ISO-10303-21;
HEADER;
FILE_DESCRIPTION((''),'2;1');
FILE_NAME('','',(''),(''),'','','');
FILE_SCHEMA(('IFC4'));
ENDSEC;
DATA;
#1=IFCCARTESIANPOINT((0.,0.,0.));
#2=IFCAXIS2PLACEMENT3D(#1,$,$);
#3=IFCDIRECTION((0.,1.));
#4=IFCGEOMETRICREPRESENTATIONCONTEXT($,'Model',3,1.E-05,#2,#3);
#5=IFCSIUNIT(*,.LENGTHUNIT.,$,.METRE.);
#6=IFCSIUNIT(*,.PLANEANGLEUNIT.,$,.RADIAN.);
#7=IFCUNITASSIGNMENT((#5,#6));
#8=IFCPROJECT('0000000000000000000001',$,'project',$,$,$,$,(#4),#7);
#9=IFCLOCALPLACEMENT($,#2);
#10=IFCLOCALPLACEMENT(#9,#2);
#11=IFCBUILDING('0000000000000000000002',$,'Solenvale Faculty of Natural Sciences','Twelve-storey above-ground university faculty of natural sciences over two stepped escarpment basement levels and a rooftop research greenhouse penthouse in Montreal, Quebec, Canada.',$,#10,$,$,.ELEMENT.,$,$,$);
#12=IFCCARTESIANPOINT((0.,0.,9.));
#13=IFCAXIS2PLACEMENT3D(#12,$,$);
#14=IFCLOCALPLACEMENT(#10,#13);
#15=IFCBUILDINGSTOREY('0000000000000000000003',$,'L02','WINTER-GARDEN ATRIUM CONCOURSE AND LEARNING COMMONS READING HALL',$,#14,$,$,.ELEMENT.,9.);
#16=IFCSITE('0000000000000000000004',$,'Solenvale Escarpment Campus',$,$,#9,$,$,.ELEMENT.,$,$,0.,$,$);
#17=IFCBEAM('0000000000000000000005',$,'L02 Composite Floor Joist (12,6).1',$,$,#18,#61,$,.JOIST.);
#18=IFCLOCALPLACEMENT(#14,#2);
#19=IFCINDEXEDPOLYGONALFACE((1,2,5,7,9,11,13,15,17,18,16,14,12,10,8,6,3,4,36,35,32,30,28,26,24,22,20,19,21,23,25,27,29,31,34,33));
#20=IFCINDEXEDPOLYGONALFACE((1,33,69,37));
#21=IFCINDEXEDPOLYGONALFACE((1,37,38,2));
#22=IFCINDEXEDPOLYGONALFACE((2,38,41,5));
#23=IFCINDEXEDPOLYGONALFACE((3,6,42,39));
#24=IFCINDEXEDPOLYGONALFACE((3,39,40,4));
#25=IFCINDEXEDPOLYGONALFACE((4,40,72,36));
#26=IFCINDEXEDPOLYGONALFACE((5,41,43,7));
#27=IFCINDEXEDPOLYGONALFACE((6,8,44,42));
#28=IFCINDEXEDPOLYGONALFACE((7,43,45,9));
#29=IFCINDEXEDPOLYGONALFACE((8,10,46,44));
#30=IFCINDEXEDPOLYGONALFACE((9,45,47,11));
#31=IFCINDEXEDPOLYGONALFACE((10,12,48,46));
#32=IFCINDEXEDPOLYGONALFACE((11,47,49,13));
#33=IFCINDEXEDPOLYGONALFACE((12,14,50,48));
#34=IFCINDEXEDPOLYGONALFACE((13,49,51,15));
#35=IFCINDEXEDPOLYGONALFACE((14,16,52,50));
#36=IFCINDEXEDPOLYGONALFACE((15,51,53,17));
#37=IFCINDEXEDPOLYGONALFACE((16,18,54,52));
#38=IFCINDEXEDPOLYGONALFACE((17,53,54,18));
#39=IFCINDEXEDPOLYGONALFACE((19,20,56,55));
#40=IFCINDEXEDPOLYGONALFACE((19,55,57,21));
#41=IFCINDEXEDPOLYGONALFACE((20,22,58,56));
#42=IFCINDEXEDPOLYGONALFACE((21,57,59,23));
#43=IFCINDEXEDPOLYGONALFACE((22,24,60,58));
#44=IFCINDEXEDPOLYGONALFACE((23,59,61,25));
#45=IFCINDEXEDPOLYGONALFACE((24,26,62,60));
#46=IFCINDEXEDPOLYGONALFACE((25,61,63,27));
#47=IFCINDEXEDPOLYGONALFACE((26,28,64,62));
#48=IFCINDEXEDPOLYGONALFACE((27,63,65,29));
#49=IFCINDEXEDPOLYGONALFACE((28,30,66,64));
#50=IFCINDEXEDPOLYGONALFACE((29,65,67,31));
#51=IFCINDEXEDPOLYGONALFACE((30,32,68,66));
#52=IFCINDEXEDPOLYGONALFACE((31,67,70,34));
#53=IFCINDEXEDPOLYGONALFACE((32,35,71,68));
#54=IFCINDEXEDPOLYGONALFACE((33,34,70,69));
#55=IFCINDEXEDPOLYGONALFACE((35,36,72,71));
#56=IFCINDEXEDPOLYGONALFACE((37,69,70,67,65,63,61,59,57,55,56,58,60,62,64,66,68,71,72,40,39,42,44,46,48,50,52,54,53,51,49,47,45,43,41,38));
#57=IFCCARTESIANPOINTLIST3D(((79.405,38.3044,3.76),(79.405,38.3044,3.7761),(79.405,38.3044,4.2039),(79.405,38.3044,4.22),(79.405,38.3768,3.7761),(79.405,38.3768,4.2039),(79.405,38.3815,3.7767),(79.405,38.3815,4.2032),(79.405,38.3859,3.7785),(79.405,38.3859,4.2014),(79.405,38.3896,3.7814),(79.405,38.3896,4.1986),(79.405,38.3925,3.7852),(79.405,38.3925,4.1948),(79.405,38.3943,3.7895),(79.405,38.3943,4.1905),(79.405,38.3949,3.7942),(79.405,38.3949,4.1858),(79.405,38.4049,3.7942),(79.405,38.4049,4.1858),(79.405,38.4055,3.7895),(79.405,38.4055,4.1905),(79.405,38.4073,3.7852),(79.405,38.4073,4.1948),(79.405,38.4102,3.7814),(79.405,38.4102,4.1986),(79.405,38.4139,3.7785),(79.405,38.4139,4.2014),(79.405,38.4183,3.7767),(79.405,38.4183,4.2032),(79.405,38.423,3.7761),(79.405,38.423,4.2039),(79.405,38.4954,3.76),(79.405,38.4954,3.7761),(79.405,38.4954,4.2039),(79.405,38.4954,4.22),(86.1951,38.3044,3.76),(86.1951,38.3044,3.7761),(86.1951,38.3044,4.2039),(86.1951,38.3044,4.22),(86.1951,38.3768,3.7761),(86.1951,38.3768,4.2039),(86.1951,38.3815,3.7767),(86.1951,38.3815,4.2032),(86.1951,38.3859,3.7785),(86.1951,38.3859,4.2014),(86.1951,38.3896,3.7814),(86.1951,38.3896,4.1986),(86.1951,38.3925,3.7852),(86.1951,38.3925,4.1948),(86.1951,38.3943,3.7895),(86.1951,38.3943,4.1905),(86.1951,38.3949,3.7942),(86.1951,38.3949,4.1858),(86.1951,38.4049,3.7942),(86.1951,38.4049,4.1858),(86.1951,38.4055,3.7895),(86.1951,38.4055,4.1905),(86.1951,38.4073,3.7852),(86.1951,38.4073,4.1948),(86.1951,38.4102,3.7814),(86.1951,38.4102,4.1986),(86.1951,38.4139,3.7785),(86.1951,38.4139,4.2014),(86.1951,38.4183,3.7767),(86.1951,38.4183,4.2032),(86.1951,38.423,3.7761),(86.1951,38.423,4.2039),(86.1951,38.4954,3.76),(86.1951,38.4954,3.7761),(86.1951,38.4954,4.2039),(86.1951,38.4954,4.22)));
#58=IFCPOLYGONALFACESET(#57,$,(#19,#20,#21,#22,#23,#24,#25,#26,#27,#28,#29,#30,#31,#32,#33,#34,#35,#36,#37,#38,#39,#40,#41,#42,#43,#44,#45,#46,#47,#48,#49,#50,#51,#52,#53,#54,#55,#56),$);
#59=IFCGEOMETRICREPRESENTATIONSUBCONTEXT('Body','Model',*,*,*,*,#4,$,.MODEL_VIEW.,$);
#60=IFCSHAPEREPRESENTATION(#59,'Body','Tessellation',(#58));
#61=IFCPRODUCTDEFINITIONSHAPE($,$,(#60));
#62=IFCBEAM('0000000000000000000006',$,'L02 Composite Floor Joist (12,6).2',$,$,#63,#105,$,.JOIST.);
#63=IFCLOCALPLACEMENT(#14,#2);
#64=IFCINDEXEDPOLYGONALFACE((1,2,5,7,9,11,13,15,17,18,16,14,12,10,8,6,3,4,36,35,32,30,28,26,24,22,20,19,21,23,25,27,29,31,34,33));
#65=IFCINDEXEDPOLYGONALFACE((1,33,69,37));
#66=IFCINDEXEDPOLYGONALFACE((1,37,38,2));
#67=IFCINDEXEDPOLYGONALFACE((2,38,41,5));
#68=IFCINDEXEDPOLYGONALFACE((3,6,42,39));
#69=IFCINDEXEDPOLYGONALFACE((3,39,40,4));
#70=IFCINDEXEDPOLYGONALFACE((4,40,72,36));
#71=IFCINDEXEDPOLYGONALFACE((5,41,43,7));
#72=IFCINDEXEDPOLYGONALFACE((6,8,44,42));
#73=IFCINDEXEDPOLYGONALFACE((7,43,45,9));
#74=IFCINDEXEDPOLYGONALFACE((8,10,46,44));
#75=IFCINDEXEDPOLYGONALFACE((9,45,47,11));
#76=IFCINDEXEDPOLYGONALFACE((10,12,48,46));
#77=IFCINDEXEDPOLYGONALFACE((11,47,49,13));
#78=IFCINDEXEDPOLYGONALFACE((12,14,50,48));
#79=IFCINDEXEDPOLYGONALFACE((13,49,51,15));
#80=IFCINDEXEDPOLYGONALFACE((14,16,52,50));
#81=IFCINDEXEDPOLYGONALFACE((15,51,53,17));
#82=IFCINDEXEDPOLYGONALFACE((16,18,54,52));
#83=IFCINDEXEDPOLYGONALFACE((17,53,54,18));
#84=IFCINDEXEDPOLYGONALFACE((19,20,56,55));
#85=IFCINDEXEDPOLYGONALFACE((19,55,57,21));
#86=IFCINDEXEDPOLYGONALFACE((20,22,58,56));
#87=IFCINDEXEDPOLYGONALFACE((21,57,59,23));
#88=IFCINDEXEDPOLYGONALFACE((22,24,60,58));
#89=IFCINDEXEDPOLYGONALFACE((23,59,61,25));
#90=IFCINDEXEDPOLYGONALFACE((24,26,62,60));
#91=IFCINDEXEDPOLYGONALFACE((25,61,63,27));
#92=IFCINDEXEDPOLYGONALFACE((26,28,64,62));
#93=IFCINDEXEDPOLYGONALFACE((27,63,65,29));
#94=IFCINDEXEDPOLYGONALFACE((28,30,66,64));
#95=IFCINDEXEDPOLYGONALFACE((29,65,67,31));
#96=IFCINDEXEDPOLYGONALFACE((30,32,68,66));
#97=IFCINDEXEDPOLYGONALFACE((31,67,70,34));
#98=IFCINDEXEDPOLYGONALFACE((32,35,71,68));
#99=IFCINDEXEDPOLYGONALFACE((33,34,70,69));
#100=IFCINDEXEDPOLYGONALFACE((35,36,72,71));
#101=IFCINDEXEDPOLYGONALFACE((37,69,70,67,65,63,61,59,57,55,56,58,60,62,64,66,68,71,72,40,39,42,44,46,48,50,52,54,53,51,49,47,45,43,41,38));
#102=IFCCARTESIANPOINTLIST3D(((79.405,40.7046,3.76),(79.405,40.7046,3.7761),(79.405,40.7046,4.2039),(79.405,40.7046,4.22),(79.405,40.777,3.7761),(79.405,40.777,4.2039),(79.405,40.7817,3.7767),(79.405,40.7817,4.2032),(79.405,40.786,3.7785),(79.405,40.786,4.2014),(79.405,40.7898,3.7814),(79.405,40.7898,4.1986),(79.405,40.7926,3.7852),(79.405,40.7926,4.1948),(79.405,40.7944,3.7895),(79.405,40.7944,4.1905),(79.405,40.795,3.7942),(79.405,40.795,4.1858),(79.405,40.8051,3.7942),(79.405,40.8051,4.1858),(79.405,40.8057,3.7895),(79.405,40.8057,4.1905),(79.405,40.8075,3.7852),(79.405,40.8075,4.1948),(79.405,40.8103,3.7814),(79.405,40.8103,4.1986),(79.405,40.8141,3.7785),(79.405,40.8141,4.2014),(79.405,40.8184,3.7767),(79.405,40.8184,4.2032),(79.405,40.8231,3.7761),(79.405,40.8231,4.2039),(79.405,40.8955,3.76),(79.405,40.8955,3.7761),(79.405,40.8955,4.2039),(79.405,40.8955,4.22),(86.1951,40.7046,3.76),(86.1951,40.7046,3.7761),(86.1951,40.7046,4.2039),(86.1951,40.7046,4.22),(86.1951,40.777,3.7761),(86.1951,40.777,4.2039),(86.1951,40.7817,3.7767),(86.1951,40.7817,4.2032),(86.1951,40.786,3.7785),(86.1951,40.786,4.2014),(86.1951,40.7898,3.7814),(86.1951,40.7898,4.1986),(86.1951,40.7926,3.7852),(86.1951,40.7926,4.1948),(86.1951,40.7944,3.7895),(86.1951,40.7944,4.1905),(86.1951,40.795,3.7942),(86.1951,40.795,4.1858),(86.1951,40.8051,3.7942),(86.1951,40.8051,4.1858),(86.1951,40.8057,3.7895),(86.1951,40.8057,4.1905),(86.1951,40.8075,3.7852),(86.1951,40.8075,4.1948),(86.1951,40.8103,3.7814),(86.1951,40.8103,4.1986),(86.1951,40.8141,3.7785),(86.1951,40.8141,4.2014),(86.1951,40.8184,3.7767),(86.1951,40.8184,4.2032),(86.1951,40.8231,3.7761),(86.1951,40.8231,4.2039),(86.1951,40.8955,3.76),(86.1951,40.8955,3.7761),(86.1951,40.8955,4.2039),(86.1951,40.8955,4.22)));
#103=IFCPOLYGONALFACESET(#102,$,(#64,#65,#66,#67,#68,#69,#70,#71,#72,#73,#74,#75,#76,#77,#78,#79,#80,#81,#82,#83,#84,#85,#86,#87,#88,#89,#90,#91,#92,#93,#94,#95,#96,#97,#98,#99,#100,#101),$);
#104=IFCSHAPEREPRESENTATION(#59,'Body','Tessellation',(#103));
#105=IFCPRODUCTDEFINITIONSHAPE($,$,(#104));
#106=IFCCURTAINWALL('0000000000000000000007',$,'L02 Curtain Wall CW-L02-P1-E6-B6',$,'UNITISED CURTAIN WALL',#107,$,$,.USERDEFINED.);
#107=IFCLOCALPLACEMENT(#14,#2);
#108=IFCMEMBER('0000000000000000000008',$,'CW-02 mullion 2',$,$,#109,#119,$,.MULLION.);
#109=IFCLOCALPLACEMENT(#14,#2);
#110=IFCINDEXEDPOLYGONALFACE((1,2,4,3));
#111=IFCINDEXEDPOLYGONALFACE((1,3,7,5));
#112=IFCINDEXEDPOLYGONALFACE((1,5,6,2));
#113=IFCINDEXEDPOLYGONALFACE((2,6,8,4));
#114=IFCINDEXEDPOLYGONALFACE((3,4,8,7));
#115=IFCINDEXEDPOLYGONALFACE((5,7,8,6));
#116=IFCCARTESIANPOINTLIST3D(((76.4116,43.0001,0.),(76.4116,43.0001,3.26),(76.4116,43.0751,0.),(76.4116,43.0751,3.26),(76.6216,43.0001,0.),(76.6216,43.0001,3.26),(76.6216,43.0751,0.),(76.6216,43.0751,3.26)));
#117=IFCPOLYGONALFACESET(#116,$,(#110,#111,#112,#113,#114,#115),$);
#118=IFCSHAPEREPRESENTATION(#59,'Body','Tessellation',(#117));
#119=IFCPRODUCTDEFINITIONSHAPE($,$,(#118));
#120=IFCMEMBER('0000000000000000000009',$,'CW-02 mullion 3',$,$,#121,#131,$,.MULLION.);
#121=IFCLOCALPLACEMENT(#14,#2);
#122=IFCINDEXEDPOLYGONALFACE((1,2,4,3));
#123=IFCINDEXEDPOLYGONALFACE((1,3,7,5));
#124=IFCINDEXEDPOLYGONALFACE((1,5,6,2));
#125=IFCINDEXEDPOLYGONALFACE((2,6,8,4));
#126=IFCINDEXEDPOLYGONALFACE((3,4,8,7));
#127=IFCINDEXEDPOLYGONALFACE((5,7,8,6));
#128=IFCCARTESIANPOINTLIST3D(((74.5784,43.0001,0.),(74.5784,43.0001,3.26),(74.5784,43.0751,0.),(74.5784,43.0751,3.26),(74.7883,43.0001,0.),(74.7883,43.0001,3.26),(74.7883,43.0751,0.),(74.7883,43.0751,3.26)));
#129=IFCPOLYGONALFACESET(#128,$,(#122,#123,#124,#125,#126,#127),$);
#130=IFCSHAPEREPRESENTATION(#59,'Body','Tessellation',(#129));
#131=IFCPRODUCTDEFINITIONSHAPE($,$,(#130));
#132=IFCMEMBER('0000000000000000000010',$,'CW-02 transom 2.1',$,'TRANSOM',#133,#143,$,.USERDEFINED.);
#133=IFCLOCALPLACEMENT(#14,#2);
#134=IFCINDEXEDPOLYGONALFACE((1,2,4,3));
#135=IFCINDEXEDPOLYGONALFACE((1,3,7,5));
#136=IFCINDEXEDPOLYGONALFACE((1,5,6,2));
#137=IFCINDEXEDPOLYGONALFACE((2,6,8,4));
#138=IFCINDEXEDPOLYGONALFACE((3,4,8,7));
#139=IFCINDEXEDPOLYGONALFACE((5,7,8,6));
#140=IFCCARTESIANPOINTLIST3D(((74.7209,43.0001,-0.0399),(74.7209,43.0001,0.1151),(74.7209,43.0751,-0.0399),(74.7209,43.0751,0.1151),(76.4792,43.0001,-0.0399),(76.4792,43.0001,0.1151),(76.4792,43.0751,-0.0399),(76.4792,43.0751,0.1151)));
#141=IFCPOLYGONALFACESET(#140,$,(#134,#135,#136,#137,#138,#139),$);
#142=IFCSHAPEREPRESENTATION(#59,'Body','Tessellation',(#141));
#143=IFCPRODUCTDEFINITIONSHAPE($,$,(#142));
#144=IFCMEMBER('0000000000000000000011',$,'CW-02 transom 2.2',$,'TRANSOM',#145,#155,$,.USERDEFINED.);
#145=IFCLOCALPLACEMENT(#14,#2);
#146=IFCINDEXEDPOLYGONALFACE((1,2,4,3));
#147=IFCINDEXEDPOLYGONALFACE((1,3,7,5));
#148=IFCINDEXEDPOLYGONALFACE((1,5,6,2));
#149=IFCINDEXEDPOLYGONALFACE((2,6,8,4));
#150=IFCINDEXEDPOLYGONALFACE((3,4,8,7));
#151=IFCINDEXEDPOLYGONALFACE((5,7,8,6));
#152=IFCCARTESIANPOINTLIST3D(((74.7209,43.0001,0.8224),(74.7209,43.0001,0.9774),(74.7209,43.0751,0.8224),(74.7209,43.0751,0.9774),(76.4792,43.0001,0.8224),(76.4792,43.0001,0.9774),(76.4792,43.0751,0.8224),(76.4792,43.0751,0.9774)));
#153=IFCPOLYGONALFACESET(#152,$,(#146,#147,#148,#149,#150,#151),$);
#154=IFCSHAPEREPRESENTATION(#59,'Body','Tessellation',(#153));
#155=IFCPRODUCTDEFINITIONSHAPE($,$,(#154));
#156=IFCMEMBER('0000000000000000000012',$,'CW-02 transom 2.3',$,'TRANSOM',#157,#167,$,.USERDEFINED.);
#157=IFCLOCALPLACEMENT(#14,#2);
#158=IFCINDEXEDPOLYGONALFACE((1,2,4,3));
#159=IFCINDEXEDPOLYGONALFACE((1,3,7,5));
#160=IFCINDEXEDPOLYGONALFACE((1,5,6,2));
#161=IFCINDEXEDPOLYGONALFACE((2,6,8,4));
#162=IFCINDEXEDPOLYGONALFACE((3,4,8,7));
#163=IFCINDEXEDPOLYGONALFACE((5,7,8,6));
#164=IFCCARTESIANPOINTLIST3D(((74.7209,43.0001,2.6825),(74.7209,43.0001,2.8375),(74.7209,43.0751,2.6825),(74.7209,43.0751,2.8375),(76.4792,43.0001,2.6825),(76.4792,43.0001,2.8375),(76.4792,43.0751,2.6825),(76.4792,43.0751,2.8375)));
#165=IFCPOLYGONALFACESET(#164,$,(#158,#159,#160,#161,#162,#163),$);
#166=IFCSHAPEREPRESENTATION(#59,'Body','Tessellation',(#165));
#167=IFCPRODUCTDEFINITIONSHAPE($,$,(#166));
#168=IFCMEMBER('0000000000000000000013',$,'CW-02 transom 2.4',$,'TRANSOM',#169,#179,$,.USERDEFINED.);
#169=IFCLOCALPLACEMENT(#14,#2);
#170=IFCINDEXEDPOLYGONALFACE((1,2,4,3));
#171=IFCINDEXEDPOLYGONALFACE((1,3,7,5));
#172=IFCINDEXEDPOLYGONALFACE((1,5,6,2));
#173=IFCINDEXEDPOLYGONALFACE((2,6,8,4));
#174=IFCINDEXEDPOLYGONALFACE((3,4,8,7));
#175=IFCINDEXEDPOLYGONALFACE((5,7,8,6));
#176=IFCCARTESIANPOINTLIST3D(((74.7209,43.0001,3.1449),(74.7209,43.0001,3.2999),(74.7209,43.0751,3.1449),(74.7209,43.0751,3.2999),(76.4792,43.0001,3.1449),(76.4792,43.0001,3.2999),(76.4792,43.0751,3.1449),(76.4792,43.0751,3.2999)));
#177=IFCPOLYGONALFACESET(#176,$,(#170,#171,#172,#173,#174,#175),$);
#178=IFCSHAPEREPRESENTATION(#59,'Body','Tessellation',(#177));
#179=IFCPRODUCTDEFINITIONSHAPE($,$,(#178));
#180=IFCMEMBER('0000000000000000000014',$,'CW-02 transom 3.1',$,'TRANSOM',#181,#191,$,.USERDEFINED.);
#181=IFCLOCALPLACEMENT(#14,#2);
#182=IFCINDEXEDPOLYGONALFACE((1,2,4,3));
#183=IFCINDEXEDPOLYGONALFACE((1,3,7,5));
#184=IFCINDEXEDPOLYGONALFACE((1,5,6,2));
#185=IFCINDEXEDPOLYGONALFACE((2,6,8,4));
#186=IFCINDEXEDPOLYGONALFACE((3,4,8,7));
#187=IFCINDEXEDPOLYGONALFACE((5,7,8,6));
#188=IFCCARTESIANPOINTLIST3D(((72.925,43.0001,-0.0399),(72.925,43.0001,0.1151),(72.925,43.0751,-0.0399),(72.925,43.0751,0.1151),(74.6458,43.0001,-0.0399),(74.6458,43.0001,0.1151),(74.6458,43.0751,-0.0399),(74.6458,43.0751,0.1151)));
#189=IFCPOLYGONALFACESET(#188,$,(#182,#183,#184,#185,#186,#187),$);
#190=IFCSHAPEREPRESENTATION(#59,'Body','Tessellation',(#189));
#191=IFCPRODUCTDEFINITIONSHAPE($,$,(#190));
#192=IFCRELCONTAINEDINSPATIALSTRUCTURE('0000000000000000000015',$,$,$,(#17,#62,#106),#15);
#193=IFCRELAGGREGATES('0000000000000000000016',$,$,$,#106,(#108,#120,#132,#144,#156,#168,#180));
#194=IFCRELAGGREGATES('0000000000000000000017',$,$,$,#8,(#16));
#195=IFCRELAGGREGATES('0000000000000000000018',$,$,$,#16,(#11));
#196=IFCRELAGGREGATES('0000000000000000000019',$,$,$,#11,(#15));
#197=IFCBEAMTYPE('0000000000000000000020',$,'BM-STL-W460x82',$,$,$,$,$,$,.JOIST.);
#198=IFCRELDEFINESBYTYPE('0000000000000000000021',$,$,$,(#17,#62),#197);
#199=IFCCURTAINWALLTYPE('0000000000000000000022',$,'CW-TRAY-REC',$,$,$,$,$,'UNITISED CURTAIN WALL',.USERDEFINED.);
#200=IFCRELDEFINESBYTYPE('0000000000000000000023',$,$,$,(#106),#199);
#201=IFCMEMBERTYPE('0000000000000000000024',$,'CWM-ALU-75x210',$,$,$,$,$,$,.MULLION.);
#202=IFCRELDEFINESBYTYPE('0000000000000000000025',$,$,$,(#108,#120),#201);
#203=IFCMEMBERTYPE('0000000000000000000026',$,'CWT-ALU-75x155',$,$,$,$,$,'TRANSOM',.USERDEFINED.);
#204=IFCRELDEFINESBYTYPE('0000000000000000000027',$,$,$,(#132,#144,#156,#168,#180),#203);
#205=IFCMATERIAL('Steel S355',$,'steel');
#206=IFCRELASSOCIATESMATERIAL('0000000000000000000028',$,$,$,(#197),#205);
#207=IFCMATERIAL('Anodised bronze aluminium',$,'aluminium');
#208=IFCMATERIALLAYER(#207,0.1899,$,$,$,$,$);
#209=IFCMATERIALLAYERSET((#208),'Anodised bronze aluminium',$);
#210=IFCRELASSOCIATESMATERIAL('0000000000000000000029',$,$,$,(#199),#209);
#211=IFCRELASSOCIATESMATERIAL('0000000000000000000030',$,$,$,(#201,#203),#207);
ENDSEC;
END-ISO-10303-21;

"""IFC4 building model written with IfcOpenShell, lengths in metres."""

from ifc_helpers import new_model, si_unit, direction, frame, origin, origin_2d, place, context, subcontext, project, spatial, rectangle, i_section, extrude, material, layer, layer_set, material_profile, profile_set, type_object, element, aggregate, save


model = new_model("IFC4")

# Units and contexts
model_context = context("Model", 3, precision=1e-05, world=origin(), true_north=direction((0.0, 1.0)))
body_context = subcontext(model_context, "Body", "Model", "MODEL_VIEW")
ifc_project = project(units=[si_unit("LENGTHUNIT", "METRE"), si_unit("PLANEANGLEUNIT", "RADIAN")], contexts=[model_context])

# Site, building, storey
site_placement = place(None, origin())
site = spatial("IfcSite", under=ifc_project, at=site_placement, Name="Solenvale Escarpment Campus", CompositionType="ELEMENT", RefElevation=0.0)
building_placement = place(site_placement, origin())
building = spatial("IfcBuilding", under=site, at=building_placement, Name="Solenvale Faculty of Natural Sciences", Description="Twelve-storey above-ground university faculty of natural sciences over two stepped escarpment basement levels and a rooftop research greenhouse penthouse in Montreal, Quebec, Canada.", CompositionType="ELEMENT")
storey_placement = place(building_placement, frame((0.0, 0.0, 9.0)))
storey = spatial("IfcBuildingStorey", under=building, at=storey_placement, Name="L02", Description="WINTER-GARDEN ATRIUM CONCOURSE AND LEARNING COMMONS READING HALL", CompositionType="ELEMENT", Elevation=9.0)

# Beams
ifc_material_1 = material(Name="Steel S355", Category="steel")
ifc_material_profile_1 = material_profile(ifc_material_1, i_section(OverallWidth=0.1909, OverallDepth=0.46, WebThickness=0.01, FlangeThickness=0.0161, FilletRadius=0.0181, at=origin_2d()), Name="W460x82")
ifc_profile_set_1 = profile_set([ifc_material_profile_1], Name="Steel S355")
beam_type_1 = type_object("IfcBeamType", Name="BM-STL-W460x82", PredefinedType="JOIST", material=ifc_profile_set_1)
for number, where, z_axis, x_axis, name in (
    (1, (79.405, 38.3999, 3.99), (1.0, 0.0, 0.0), (0.0, 1.0, 0.0), "L02 Composite Floor Joist (12,6).1"),
    (2, (79.405, 40.8, 3.99), (1.0, 0.0, 0.0), (0.0, 1.0, 0.0), "L02 Composite Floor Joist (12,6).2"),
):
    element("IfcBeam", number, at=place(storey_placement, frame(where, z_axis=z_axis, x_axis=x_axis)), inside=storey, type_object=beam_type_1, Name=name, PredefinedType="JOIST", context=body_context, shape_type="SweptSolid", body=[
        extrude(i_section(OverallWidth=0.1909, OverallDepth=0.46, WebThickness=0.01, FlangeThickness=0.0161, FilletRadius=0.0181, at=origin_2d()), origin(), (0.0, 0.0, 1.0), 6.79),
    ])

# Curtain wall, members
ifc_material_2 = material(Name="Anodised bronze aluminium", Category="aluminium")
ifc_layer_1 = layer(ifc_material_2, 0.1899)
ifc_layer_set_1 = layer_set([ifc_layer_1], Name="Anodised bronze aluminium")
curtain_wall_type = type_object("IfcCurtainWallType", Name="CW-TRAY-REC", ElementType="UNITISED CURTAIN WALL", PredefinedType="USERDEFINED", material=ifc_layer_set_1)
curtain_wall_placement = place(storey_placement, origin())
curtain_wall = element("IfcCurtainWall", 3, at=curtain_wall_placement, inside=storey, type_object=curtain_wall_type, Name="L02 Curtain Wall CW-L02-P1-E6-B6", ObjectType="UNITISED CURTAIN WALL", PredefinedType="USERDEFINED")
ifc_material_profile_2 = material_profile(ifc_material_2, rectangle(XDim=0.075, YDim=0.21, at=origin_2d()), Name="ALU-MUL-75x210")
ifc_profile_set_2 = profile_set([ifc_material_profile_2], Name="Anodised bronze aluminium")
member_type_1 = type_object("IfcMemberType", Name="CWM-ALU-75x210", PredefinedType="MULLION", material=ifc_profile_set_2)
member_1_placement = place(storey_placement, frame((76.5166, 43.0376, 0.0), z_axis=(0.0, 0.0, 1.0), x_axis=(0.0, -1.0, 0.0)))
member_1 = element("IfcMember", 4, at=member_1_placement, type_object=member_type_1, Name="CW-02 mullion 2", PredefinedType="MULLION", context=body_context, shape_type="SweptSolid", body=[
    extrude(rectangle(XDim=0.075, YDim=0.21, at=origin_2d()), origin(), (0.0, 0.0, 1.0), 3.26),
])
member_2_placement = place(storey_placement, frame((74.6833, 43.0376, 0.0), z_axis=(0.0, 0.0, 1.0), x_axis=(0.0, -1.0, 0.0)))
member_2 = element("IfcMember", 5, at=member_2_placement, type_object=member_type_1, Name="CW-02 mullion 3", PredefinedType="MULLION", context=body_context, shape_type="SweptSolid", body=[
    extrude(rectangle(XDim=0.075, YDim=0.21, at=origin_2d()), origin(), (0.0, 0.0, 1.0), 3.26),
])
ifc_material_profile_3 = material_profile(ifc_material_2, rectangle(XDim=0.075, YDim=0.155, at=origin_2d()), Name="ALU-TRN-75x155")
ifc_profile_set_3 = profile_set([ifc_material_profile_3], Name="Anodised bronze aluminium")
member_type_2 = type_object("IfcMemberType", Name="CWT-ALU-75x155", ElementType="TRANSOM", PredefinedType="USERDEFINED", material=ifc_profile_set_3)
member_3_placement = place(storey_placement, frame((76.4792, 43.0376, 0.0376), z_axis=(-1.0, 0.0, 0.0), x_axis=(0.0, -1.0, 0.0)))
member_3 = element("IfcMember", 6, at=member_3_placement, type_object=member_type_2, Name="CW-02 transom 2.1", ObjectType="TRANSOM", PredefinedType="USERDEFINED", context=body_context, shape_type="SweptSolid", body=[
    extrude(rectangle(XDim=0.075, YDim=0.155, at=origin_2d()), origin(), (0.0, 0.0, 1.0), 1.7583),
])
member_4_placement = place(storey_placement, frame((76.4792, 43.0376, 0.8999), z_axis=(-1.0, 0.0, 0.0), x_axis=(0.0, -1.0, 0.0)))
member_4 = element("IfcMember", 7, at=member_4_placement, type_object=member_type_2, Name="CW-02 transom 2.2", ObjectType="TRANSOM", PredefinedType="USERDEFINED", context=body_context, shape_type="SweptSolid", body=[
    extrude(rectangle(XDim=0.075, YDim=0.155, at=origin_2d()), origin(), (0.0, 0.0, 1.0), 1.7583),
])
member_5_placement = place(storey_placement, frame((76.4792, 43.0376, 2.76), z_axis=(-1.0, 0.0, 0.0), x_axis=(0.0, -1.0, 0.0)))
member_5 = element("IfcMember", 8, at=member_5_placement, type_object=member_type_2, Name="CW-02 transom 2.3", ObjectType="TRANSOM", PredefinedType="USERDEFINED", context=body_context, shape_type="SweptSolid", body=[
    extrude(rectangle(XDim=0.075, YDim=0.155, at=origin_2d()), origin(), (0.0, 0.0, 1.0), 1.7583),
])
member_6_placement = place(storey_placement, frame((76.4792, 43.0376, 3.2224), z_axis=(-1.0, 0.0, 0.0), x_axis=(0.0, -1.0, 0.0)))
member_6 = element("IfcMember", 9, at=member_6_placement, type_object=member_type_2, Name="CW-02 transom 2.4", ObjectType="TRANSOM", PredefinedType="USERDEFINED", context=body_context, shape_type="SweptSolid", body=[
    extrude(rectangle(XDim=0.075, YDim=0.155, at=origin_2d()), origin(), (0.0, 0.0, 1.0), 1.7583),
])
member_7_placement = place(storey_placement, frame((74.6458, 43.0376, 0.0376), z_axis=(-1.0, 0.0, 0.0), x_axis=(0.0, -1.0, 0.0)))
member_7 = element("IfcMember", 10, at=member_7_placement, type_object=member_type_2, Name="CW-02 transom 3.1", ObjectType="TRANSOM", PredefinedType="USERDEFINED", context=body_context, shape_type="SweptSolid", body=[
    extrude(rectangle(XDim=0.075, YDim=0.155, at=origin_2d()), origin(), (0.0, 0.0, 1.0), 1.7207),
])
aggregate(curtain_wall, [member_1, member_2, member_3, member_4, member_5, member_6, member_7])

save(model, "model.ifc")
